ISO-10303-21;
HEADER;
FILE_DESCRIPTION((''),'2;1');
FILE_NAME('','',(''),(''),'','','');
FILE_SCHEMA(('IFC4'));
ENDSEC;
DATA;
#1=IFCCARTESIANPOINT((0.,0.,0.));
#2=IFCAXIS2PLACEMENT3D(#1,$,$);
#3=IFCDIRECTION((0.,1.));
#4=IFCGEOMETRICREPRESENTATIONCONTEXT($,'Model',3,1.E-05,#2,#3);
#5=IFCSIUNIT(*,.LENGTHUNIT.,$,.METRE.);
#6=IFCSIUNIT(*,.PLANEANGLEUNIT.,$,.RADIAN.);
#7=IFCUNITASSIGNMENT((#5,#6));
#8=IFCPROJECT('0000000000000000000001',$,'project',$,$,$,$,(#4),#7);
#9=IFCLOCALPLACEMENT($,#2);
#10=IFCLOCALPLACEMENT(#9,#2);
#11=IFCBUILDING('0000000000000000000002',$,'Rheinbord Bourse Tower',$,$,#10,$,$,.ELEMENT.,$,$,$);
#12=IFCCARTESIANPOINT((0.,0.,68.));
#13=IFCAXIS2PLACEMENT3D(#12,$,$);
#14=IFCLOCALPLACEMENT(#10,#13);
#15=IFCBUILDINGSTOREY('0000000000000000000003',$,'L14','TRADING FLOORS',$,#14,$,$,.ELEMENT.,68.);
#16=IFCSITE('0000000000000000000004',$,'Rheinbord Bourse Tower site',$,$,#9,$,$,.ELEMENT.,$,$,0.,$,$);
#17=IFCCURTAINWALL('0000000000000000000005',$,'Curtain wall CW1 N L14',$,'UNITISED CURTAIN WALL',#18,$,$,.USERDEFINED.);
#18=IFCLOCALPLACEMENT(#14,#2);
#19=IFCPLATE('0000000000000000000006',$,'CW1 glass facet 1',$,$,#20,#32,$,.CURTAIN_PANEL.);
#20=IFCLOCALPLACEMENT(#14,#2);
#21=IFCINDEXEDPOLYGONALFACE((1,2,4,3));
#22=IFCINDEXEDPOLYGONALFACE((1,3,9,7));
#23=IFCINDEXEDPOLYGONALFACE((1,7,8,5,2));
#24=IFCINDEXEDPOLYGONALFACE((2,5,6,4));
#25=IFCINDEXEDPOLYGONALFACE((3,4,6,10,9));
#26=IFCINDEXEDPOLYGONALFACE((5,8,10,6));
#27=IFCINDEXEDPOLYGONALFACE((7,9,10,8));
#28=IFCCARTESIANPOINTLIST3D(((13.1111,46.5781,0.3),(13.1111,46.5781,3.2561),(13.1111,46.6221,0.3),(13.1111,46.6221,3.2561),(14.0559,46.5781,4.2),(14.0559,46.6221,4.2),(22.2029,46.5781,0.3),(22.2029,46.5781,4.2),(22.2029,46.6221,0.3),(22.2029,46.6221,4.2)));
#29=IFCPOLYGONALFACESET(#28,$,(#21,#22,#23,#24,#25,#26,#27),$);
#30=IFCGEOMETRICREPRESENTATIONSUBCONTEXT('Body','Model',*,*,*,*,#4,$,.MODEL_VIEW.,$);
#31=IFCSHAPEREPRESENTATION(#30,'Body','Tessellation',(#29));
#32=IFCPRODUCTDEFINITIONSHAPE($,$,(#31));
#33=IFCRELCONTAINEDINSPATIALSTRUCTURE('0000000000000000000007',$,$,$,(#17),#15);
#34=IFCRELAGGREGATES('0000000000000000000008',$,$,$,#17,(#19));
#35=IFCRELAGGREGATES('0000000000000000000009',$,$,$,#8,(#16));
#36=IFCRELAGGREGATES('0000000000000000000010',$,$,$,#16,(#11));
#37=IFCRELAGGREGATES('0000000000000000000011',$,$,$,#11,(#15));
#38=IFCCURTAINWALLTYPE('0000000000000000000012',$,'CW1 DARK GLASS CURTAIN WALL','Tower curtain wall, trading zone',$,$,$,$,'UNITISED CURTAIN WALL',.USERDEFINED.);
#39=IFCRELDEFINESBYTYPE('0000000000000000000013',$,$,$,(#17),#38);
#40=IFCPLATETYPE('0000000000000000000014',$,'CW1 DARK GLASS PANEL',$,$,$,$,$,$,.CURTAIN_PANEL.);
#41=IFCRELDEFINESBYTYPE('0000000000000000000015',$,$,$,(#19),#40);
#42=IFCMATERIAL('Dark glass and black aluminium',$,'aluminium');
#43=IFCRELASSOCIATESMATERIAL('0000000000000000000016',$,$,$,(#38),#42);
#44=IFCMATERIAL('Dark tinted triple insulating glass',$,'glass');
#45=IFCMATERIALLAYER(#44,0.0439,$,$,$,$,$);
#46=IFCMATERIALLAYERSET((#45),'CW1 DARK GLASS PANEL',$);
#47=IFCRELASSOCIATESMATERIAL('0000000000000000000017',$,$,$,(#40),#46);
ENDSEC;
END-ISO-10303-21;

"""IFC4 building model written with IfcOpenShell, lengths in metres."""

from ifc_helpers import new_model, si_unit, direction, frame, origin, place, context, subcontext, project, spatial, polyline, outline, extrude, material, layer, layer_set, type_object, element, aggregate, save


model = new_model("IFC4")

# Units and contexts
model_context = context("Model", 3, precision=1e-05, world=origin(), true_north=direction((0.0, 1.0)))
body_context = subcontext(model_context, "Body", "Model", "MODEL_VIEW")
ifc_project = project(units=[si_unit("LENGTHUNIT", "METRE"), si_unit("PLANEANGLEUNIT", "RADIAN")], contexts=[model_context])

# Site, building, storey
site_placement = place(None, origin())
site = spatial("IfcSite", under=ifc_project, at=site_placement, Name="Rheinbord Bourse Tower site", CompositionType="ELEMENT", RefElevation=0.0)
building_placement = place(site_placement, origin())
building = spatial("IfcBuilding", under=site, at=building_placement, Name="Rheinbord Bourse Tower", CompositionType="ELEMENT")
storey_placement = place(building_placement, frame((0.0, 0.0, 68.0)))
storey = spatial("IfcBuildingStorey", under=building, at=storey_placement, Name="L14", Description="TRADING FLOORS", CompositionType="ELEMENT", Elevation=68.0)

# Curtain wall
ifc_material_1 = material(Name="Dark glass and black aluminium", Category="aluminium")
curtain_wall_type = type_object("IfcCurtainWallType", Name="CW1 DARK GLASS CURTAIN WALL", Description="Tower curtain wall, trading zone", ElementType="UNITISED CURTAIN WALL", PredefinedType="USERDEFINED", material=ifc_material_1)
curtain_wall_placement = place(storey_placement, origin())
curtain_wall = element("IfcCurtainWall", 1, at=curtain_wall_placement, inside=storey, type_object=curtain_wall_type, Name="Curtain wall CW1 N L14", ObjectType="UNITISED CURTAIN WALL", PredefinedType="USERDEFINED")

# Plate
ifc_material_2 = material(Name="Dark tinted triple insulating glass", Category="glass")
ifc_layer = layer(ifc_material_2, 0.0439)
ifc_layer_set = layer_set([ifc_layer], Name="CW1 DARK GLASS PANEL")
plate_type = type_object("IfcPlateType", Name="CW1 DARK GLASS PANEL", PredefinedType="CURTAIN_PANEL", material=ifc_layer_set)
plate_1_placement = place(storey_placement, frame((13.1111, 46.6221, 0.3), z_axis=(0.0, -1.0, 0.0), x_axis=(1.0, 0.0, 0.0)))
plate_1 = element("IfcPlate", 2, at=plate_1_placement, type_object=plate_type, Name="CW1 glass facet 1", PredefinedType="CURTAIN_PANEL", context=body_context, shape_type="SweptSolid", body=[
    extrude(outline(polyline([(0.0, 0.0), (9.0918, 0.0), (9.0918, 3.8999), (0.9448, 3.8999), (0.0, 2.9561), (0.0, 0.0)])), origin(), (0.0, 0.0, 1.0), 0.0439),
])
aggregate(curtain_wall, [plate_1])

save(model, "model.ifc")
